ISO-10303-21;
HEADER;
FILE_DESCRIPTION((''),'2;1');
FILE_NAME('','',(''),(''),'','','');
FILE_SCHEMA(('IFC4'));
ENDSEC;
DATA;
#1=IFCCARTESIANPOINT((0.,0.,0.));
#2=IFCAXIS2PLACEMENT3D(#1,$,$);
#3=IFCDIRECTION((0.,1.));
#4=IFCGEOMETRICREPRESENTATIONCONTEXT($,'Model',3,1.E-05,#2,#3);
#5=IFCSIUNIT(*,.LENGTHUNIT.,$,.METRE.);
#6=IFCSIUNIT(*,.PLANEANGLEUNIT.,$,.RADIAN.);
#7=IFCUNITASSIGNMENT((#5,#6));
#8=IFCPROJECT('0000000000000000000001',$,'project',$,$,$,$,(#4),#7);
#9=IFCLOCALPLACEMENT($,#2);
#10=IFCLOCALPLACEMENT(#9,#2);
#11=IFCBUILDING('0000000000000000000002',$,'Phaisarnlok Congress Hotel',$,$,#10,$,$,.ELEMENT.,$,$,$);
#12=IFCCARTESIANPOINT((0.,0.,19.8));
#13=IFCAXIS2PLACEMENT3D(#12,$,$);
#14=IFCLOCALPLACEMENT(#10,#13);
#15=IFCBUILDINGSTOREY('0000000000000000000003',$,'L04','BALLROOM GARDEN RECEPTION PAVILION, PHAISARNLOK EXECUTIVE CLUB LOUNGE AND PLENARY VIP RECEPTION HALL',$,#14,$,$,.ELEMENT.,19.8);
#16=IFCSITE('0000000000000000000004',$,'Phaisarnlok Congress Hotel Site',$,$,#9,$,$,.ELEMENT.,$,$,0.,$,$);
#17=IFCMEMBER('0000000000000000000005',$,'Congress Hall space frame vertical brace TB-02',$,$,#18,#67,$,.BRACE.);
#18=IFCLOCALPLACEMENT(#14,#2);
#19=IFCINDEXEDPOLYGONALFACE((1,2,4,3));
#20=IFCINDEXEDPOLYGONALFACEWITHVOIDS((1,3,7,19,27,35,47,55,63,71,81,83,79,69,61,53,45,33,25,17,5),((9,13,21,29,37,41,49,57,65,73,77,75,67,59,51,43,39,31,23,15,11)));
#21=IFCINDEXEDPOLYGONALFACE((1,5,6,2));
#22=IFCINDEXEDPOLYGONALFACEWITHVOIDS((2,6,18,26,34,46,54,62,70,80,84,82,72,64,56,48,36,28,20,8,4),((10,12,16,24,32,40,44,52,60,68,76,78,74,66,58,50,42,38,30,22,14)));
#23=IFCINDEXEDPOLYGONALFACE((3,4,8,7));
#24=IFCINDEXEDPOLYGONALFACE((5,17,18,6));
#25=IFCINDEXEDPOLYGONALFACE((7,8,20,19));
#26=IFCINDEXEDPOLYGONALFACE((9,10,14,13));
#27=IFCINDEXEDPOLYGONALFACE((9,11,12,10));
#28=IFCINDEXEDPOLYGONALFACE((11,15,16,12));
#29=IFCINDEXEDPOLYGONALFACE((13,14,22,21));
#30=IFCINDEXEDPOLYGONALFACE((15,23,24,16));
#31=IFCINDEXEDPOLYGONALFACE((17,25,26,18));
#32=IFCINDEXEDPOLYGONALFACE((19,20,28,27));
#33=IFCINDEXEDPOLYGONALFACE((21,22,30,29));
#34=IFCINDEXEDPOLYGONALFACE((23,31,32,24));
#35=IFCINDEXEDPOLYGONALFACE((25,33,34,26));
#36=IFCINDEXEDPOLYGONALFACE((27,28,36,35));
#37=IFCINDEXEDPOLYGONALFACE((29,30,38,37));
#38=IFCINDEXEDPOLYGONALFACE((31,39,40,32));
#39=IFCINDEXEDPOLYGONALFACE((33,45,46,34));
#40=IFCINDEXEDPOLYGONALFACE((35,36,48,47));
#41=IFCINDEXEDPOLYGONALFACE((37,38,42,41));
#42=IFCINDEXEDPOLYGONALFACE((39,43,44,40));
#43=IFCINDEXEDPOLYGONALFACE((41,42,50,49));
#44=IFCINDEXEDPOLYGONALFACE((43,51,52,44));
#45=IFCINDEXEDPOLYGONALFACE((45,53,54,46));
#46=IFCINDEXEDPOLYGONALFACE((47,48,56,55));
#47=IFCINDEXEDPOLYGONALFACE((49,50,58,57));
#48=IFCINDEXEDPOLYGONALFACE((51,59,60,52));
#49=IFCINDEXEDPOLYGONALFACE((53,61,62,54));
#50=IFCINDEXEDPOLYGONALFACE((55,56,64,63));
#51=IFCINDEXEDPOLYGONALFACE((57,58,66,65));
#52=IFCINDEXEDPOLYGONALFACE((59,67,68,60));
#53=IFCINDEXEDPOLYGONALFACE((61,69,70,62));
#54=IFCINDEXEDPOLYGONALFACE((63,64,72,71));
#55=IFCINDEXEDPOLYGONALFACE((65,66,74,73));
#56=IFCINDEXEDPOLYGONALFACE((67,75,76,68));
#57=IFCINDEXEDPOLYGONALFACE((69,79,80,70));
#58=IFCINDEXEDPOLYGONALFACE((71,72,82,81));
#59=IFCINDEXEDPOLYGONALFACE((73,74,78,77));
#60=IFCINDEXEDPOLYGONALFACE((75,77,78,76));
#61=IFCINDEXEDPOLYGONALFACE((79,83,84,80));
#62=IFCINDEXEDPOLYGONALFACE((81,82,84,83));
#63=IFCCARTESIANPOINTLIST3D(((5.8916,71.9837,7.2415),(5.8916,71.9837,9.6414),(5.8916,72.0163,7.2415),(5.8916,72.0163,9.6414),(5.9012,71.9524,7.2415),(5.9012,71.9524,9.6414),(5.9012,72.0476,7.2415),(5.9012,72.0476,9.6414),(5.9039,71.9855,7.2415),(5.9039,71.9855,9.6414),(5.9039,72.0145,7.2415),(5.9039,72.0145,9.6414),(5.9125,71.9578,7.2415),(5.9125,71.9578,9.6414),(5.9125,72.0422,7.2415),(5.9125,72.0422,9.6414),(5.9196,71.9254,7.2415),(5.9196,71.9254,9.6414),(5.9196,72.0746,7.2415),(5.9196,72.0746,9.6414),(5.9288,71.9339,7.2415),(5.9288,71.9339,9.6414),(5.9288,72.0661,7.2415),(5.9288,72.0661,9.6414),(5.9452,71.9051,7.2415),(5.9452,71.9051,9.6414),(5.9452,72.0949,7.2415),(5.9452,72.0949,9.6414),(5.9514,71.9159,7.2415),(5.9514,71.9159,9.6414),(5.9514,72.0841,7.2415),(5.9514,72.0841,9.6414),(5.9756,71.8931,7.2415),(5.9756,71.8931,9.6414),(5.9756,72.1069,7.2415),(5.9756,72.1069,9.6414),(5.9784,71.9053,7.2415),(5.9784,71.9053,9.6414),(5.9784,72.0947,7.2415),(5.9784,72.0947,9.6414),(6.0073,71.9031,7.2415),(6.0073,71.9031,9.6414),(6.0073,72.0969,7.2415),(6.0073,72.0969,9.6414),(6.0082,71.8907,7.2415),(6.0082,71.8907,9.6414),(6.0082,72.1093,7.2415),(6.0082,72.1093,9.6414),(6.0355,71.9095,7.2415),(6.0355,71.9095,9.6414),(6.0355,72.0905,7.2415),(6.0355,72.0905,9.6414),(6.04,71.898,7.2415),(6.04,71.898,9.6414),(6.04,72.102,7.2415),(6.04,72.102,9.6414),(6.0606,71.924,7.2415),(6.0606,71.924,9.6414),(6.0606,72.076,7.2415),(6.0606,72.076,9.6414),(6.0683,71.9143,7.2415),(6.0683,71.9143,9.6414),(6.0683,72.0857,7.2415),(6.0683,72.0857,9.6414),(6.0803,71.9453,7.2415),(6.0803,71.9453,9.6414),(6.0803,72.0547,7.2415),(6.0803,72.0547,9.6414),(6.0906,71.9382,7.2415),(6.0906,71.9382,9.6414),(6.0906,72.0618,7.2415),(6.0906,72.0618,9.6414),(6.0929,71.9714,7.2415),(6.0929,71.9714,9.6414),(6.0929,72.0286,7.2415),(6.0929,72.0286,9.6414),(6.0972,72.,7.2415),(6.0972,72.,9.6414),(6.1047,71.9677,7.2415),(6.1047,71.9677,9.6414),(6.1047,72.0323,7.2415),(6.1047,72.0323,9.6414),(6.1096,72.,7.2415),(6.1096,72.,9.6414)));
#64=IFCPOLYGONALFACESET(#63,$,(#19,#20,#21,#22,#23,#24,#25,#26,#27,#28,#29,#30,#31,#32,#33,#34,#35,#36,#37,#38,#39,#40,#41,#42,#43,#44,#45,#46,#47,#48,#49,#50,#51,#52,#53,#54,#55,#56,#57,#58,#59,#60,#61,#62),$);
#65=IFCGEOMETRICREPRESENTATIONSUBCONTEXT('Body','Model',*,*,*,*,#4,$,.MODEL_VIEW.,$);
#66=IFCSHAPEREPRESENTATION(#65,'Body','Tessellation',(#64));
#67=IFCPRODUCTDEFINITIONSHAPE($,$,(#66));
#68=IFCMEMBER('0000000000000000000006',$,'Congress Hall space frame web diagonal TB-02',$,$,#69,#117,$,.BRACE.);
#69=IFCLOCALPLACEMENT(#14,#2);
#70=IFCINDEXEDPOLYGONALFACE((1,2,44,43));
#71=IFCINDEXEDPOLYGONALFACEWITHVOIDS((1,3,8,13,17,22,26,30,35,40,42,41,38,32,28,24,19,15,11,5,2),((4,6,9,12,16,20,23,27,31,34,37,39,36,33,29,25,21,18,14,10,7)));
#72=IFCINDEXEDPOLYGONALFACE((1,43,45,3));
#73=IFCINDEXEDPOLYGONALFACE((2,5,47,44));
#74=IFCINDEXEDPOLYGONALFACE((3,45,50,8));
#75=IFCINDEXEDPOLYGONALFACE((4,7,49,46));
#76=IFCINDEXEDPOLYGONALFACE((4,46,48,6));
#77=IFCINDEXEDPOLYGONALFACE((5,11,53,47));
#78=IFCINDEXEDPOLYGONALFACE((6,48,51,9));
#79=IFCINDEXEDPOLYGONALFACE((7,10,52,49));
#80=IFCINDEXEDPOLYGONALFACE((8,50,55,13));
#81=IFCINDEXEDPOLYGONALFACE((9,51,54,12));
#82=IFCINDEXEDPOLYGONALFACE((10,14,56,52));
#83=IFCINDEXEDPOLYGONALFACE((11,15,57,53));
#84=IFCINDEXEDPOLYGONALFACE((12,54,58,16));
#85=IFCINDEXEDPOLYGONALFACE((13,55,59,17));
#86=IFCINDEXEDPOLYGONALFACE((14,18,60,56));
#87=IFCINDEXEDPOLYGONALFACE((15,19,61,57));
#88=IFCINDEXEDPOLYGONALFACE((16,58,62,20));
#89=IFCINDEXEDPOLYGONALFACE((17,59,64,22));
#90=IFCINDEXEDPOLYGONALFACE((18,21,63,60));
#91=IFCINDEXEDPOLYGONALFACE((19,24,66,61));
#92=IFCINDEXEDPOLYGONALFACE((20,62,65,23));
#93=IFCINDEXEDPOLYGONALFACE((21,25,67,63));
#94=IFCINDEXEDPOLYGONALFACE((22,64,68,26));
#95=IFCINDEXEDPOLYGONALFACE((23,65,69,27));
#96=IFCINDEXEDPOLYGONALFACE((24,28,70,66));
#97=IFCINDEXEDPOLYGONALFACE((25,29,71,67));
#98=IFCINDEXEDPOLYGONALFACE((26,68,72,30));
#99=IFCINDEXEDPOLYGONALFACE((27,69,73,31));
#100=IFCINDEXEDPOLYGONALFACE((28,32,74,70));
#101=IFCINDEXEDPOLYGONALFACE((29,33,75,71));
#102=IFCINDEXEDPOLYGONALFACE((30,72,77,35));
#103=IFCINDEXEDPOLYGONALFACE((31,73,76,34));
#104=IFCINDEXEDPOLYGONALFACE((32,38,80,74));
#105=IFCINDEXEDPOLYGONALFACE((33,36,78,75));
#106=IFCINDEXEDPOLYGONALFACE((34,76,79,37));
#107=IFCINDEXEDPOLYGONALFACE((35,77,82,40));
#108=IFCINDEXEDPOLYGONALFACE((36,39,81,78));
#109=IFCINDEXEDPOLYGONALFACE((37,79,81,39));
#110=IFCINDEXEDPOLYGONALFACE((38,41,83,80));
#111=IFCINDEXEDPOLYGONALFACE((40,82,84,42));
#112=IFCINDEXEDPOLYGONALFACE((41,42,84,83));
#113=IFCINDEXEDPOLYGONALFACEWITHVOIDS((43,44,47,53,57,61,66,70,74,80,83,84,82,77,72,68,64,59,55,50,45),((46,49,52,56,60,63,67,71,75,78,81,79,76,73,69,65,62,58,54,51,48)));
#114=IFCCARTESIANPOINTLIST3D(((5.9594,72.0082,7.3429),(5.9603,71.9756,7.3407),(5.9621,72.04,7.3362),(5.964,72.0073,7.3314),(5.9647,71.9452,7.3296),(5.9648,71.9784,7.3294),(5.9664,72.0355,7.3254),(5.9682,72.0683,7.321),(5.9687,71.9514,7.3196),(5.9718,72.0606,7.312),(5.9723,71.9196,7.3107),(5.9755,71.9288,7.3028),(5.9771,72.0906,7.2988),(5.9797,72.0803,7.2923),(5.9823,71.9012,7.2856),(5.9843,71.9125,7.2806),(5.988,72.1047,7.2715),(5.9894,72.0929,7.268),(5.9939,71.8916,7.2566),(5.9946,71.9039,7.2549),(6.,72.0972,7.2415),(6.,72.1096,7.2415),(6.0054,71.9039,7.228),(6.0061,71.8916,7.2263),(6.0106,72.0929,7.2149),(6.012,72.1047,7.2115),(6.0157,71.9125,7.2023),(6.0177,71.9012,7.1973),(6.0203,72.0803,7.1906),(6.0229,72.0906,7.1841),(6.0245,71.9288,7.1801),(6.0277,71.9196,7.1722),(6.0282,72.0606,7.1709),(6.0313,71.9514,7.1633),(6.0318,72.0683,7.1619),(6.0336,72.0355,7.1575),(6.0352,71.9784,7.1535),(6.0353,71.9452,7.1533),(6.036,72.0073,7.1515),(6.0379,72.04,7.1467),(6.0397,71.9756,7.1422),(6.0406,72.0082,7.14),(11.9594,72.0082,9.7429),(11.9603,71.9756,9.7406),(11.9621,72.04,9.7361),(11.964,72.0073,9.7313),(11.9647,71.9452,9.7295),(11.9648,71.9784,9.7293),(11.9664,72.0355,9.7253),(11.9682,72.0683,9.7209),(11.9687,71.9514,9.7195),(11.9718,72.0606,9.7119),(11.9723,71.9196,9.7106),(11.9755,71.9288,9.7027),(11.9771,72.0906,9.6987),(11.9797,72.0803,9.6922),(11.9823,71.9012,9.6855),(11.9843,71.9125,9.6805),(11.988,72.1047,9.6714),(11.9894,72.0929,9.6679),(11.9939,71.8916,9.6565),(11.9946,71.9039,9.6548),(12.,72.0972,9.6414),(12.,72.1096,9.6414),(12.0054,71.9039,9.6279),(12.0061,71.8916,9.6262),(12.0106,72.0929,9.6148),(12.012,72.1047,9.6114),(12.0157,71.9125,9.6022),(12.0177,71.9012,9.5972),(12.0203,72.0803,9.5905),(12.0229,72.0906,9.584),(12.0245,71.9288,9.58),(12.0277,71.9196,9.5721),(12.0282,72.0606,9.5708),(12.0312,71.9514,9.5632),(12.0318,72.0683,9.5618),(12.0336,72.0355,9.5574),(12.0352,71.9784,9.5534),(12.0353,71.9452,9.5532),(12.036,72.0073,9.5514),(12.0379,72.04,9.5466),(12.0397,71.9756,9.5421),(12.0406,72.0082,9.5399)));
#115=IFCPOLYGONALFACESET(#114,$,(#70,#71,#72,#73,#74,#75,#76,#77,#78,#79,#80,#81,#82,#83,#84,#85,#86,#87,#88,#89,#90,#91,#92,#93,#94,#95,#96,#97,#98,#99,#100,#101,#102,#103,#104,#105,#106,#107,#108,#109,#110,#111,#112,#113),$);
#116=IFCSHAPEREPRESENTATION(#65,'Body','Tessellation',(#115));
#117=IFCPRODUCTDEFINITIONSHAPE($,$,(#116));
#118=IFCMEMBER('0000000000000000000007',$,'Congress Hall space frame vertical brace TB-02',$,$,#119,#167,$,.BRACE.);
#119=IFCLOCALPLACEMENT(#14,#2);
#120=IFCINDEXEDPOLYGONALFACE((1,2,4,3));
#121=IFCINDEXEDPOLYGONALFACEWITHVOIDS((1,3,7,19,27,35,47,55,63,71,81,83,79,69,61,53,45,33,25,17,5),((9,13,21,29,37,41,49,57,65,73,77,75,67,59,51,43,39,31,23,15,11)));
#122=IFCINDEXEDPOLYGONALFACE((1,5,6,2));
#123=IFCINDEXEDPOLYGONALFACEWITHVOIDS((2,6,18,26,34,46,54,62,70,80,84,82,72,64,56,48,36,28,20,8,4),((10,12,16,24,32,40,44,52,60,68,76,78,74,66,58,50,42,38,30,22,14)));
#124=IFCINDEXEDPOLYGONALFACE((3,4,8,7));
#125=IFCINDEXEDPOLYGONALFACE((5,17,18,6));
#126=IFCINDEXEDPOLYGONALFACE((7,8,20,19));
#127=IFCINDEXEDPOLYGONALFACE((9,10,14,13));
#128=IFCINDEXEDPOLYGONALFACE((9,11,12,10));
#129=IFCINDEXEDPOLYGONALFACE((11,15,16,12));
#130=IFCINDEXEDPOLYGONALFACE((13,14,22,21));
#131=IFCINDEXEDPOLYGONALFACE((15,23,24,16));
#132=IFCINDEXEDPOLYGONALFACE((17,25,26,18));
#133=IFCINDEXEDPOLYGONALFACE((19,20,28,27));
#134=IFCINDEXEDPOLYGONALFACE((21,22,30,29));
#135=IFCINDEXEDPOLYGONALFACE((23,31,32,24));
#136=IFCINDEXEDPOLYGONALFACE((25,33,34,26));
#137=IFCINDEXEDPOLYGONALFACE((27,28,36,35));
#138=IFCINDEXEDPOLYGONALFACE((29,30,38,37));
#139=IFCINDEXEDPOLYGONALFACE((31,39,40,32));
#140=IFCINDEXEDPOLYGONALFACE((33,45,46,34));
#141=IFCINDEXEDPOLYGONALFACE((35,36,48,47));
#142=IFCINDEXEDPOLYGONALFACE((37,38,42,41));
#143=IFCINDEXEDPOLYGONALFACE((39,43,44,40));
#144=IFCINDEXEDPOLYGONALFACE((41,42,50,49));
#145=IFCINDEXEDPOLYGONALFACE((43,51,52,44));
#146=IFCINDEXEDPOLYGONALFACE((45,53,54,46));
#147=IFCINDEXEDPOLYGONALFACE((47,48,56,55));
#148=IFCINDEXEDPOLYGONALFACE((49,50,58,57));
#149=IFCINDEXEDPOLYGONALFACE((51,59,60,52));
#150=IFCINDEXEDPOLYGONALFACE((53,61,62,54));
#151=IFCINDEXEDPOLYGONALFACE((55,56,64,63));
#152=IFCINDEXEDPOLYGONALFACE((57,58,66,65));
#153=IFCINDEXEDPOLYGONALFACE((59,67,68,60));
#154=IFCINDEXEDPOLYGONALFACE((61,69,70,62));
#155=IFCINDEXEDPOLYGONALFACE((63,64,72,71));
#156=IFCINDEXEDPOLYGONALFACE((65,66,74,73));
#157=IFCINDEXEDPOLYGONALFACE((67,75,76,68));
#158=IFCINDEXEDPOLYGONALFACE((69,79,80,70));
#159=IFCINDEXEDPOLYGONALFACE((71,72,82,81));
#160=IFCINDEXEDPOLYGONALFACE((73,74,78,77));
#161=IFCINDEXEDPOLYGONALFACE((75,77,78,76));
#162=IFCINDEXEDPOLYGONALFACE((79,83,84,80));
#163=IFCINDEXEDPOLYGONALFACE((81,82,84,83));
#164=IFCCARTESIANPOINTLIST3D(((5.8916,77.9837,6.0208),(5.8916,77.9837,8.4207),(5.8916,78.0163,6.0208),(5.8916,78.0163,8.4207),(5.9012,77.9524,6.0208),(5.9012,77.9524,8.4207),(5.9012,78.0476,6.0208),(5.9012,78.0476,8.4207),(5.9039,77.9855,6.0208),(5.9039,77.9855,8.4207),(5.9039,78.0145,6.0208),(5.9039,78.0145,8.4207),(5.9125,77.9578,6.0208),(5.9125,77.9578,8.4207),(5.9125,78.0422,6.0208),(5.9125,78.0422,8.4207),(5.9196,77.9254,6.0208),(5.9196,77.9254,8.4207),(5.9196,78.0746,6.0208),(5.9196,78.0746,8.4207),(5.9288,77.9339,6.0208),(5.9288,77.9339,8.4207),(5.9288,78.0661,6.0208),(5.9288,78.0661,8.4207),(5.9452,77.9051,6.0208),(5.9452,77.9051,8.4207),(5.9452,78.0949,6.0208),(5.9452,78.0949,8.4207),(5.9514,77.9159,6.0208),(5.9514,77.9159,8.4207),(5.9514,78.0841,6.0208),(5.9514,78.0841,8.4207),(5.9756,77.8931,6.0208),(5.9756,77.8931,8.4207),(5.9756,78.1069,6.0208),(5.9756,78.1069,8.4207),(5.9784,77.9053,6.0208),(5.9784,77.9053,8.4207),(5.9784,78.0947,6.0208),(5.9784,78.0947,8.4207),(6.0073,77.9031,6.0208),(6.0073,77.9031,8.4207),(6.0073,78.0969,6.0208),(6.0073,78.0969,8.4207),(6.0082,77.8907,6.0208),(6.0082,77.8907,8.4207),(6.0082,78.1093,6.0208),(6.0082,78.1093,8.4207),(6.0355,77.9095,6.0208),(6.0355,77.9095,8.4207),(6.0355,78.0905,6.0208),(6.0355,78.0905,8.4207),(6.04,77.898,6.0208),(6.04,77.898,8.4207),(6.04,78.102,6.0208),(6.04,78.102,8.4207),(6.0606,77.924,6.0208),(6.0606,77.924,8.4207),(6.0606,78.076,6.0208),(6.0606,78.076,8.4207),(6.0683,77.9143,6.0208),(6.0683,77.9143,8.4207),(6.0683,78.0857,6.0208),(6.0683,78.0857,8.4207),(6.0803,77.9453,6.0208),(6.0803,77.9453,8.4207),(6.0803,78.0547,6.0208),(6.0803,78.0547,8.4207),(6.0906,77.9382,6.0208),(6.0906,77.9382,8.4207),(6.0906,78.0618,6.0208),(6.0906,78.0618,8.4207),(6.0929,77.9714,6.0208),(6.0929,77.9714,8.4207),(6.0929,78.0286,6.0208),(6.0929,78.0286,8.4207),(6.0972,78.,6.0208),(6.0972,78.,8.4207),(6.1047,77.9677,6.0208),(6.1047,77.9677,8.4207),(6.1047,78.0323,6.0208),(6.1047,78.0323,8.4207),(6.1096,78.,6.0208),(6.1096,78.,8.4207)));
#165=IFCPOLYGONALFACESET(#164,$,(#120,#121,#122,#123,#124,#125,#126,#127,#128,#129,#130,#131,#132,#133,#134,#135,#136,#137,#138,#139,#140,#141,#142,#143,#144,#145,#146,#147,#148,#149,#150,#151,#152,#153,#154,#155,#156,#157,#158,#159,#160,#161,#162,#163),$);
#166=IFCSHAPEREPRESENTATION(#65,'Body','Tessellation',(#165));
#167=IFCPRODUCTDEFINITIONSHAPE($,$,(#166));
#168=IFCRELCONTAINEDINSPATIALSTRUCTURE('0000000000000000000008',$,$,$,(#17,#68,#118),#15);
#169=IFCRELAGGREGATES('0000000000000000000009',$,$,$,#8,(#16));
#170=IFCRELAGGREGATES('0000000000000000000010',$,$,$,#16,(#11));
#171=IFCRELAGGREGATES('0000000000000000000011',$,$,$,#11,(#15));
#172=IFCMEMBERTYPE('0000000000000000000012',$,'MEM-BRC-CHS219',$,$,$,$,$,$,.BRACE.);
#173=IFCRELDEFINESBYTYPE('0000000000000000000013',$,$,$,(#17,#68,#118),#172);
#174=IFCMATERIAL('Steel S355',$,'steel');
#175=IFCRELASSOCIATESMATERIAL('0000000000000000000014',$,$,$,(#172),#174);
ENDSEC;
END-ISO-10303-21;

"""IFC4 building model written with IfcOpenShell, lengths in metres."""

from ifc_helpers import new_model, si_unit, direction, frame, origin, origin_2d, place, context, subcontext, project, spatial, hollow_circle, extrude, material, material_profile, profile_set, type_object, element, save


model = new_model("IFC4")

# Units and contexts
model_context = context("Model", 3, precision=1e-05, world=origin(), true_north=direction((0.0, 1.0)))
body_context = subcontext(model_context, "Body", "Model", "MODEL_VIEW")
ifc_project = project(units=[si_unit("LENGTHUNIT", "METRE"), si_unit("PLANEANGLEUNIT", "RADIAN")], contexts=[model_context])

# Site, building, storey
site_placement = place(None, origin())
site = spatial("IfcSite", under=ifc_project, at=site_placement, Name="Phaisarnlok Congress Hotel Site", CompositionType="ELEMENT", RefElevation=0.0)
building_placement = place(site_placement, origin())
building = spatial("IfcBuilding", under=site, at=building_placement, Name="Phaisarnlok Congress Hotel", CompositionType="ELEMENT")
storey_placement = place(building_placement, frame((0.0, 0.0, 19.8)))
storey = spatial("IfcBuildingStorey", under=building, at=storey_placement, Name="L04", Description="BALLROOM GARDEN RECEPTION PAVILION, PHAISARNLOK EXECUTIVE CLUB LOUNGE AND PLENARY VIP RECEPTION HALL", CompositionType="ELEMENT", Elevation=19.8)

# Members
ifc_material = material(Name="Steel S355", Category="steel")
ifc_material_profile_1 = material_profile(ifc_material, hollow_circle(Radius=0.1096, WallThickness=0.0125, at=origin_2d()), Name="CHS 219.1x12.5")
ifc_profile_set_1 = profile_set([ifc_material_profile_1], Name="Steel S355")
member_type_1 = type_object("IfcMemberType", Name="MEM-BRC-CHS219", PredefinedType="BRACE", material=ifc_profile_set_1)
member_1_placement = place(storey_placement, frame((6.0, 72.0, 7.2415), z_axis=(0.0, 0.0, 1.0), x_axis=(1.0, 0.0, 0.0)))
element("IfcMember", 1, at=member_1_placement, inside=storey, type_object=member_type_1, Name="Congress Hall space frame vertical brace TB-02", PredefinedType="BRACE", context=body_context, shape_type="SweptSolid", body=[
    extrude(hollow_circle(Radius=0.1096, WallThickness=0.0125, at=origin_2d()), origin(), (0.0, 0.0, 1.0), 2.3999),
])
member_2_placement = place(storey_placement, frame((6.0, 72.0, 7.2415), z_axis=(0.928482, 0.0, 0.371378), x_axis=(0.0, 1.0, 0.0)))
element("IfcMember", 2, at=member_2_placement, inside=storey, type_object=member_type_1, Name="Congress Hall space frame web diagonal TB-02", PredefinedType="BRACE", context=body_context, shape_type="SweptSolid", body=[
    extrude(hollow_circle(Radius=0.1096, WallThickness=0.0125, at=origin_2d()), origin(), (0.0, 0.0, 1.0), 6.4622),
])
member_3_placement = place(storey_placement, frame((6.0, 78.0, 6.0208), z_axis=(0.0, 0.0, 1.0), x_axis=(1.0, 0.0, 0.0)))
element("IfcMember", 3, at=member_3_placement, inside=storey, type_object=member_type_1, Name="Congress Hall space frame vertical brace TB-02", PredefinedType="BRACE", context=body_context, shape_type="SweptSolid", body=[
    extrude(hollow_circle(Radius=0.1096, WallThickness=0.0125, at=origin_2d()), origin(), (0.0, 0.0, 1.0), 2.3999),
])

save(model, "model.ifc")
